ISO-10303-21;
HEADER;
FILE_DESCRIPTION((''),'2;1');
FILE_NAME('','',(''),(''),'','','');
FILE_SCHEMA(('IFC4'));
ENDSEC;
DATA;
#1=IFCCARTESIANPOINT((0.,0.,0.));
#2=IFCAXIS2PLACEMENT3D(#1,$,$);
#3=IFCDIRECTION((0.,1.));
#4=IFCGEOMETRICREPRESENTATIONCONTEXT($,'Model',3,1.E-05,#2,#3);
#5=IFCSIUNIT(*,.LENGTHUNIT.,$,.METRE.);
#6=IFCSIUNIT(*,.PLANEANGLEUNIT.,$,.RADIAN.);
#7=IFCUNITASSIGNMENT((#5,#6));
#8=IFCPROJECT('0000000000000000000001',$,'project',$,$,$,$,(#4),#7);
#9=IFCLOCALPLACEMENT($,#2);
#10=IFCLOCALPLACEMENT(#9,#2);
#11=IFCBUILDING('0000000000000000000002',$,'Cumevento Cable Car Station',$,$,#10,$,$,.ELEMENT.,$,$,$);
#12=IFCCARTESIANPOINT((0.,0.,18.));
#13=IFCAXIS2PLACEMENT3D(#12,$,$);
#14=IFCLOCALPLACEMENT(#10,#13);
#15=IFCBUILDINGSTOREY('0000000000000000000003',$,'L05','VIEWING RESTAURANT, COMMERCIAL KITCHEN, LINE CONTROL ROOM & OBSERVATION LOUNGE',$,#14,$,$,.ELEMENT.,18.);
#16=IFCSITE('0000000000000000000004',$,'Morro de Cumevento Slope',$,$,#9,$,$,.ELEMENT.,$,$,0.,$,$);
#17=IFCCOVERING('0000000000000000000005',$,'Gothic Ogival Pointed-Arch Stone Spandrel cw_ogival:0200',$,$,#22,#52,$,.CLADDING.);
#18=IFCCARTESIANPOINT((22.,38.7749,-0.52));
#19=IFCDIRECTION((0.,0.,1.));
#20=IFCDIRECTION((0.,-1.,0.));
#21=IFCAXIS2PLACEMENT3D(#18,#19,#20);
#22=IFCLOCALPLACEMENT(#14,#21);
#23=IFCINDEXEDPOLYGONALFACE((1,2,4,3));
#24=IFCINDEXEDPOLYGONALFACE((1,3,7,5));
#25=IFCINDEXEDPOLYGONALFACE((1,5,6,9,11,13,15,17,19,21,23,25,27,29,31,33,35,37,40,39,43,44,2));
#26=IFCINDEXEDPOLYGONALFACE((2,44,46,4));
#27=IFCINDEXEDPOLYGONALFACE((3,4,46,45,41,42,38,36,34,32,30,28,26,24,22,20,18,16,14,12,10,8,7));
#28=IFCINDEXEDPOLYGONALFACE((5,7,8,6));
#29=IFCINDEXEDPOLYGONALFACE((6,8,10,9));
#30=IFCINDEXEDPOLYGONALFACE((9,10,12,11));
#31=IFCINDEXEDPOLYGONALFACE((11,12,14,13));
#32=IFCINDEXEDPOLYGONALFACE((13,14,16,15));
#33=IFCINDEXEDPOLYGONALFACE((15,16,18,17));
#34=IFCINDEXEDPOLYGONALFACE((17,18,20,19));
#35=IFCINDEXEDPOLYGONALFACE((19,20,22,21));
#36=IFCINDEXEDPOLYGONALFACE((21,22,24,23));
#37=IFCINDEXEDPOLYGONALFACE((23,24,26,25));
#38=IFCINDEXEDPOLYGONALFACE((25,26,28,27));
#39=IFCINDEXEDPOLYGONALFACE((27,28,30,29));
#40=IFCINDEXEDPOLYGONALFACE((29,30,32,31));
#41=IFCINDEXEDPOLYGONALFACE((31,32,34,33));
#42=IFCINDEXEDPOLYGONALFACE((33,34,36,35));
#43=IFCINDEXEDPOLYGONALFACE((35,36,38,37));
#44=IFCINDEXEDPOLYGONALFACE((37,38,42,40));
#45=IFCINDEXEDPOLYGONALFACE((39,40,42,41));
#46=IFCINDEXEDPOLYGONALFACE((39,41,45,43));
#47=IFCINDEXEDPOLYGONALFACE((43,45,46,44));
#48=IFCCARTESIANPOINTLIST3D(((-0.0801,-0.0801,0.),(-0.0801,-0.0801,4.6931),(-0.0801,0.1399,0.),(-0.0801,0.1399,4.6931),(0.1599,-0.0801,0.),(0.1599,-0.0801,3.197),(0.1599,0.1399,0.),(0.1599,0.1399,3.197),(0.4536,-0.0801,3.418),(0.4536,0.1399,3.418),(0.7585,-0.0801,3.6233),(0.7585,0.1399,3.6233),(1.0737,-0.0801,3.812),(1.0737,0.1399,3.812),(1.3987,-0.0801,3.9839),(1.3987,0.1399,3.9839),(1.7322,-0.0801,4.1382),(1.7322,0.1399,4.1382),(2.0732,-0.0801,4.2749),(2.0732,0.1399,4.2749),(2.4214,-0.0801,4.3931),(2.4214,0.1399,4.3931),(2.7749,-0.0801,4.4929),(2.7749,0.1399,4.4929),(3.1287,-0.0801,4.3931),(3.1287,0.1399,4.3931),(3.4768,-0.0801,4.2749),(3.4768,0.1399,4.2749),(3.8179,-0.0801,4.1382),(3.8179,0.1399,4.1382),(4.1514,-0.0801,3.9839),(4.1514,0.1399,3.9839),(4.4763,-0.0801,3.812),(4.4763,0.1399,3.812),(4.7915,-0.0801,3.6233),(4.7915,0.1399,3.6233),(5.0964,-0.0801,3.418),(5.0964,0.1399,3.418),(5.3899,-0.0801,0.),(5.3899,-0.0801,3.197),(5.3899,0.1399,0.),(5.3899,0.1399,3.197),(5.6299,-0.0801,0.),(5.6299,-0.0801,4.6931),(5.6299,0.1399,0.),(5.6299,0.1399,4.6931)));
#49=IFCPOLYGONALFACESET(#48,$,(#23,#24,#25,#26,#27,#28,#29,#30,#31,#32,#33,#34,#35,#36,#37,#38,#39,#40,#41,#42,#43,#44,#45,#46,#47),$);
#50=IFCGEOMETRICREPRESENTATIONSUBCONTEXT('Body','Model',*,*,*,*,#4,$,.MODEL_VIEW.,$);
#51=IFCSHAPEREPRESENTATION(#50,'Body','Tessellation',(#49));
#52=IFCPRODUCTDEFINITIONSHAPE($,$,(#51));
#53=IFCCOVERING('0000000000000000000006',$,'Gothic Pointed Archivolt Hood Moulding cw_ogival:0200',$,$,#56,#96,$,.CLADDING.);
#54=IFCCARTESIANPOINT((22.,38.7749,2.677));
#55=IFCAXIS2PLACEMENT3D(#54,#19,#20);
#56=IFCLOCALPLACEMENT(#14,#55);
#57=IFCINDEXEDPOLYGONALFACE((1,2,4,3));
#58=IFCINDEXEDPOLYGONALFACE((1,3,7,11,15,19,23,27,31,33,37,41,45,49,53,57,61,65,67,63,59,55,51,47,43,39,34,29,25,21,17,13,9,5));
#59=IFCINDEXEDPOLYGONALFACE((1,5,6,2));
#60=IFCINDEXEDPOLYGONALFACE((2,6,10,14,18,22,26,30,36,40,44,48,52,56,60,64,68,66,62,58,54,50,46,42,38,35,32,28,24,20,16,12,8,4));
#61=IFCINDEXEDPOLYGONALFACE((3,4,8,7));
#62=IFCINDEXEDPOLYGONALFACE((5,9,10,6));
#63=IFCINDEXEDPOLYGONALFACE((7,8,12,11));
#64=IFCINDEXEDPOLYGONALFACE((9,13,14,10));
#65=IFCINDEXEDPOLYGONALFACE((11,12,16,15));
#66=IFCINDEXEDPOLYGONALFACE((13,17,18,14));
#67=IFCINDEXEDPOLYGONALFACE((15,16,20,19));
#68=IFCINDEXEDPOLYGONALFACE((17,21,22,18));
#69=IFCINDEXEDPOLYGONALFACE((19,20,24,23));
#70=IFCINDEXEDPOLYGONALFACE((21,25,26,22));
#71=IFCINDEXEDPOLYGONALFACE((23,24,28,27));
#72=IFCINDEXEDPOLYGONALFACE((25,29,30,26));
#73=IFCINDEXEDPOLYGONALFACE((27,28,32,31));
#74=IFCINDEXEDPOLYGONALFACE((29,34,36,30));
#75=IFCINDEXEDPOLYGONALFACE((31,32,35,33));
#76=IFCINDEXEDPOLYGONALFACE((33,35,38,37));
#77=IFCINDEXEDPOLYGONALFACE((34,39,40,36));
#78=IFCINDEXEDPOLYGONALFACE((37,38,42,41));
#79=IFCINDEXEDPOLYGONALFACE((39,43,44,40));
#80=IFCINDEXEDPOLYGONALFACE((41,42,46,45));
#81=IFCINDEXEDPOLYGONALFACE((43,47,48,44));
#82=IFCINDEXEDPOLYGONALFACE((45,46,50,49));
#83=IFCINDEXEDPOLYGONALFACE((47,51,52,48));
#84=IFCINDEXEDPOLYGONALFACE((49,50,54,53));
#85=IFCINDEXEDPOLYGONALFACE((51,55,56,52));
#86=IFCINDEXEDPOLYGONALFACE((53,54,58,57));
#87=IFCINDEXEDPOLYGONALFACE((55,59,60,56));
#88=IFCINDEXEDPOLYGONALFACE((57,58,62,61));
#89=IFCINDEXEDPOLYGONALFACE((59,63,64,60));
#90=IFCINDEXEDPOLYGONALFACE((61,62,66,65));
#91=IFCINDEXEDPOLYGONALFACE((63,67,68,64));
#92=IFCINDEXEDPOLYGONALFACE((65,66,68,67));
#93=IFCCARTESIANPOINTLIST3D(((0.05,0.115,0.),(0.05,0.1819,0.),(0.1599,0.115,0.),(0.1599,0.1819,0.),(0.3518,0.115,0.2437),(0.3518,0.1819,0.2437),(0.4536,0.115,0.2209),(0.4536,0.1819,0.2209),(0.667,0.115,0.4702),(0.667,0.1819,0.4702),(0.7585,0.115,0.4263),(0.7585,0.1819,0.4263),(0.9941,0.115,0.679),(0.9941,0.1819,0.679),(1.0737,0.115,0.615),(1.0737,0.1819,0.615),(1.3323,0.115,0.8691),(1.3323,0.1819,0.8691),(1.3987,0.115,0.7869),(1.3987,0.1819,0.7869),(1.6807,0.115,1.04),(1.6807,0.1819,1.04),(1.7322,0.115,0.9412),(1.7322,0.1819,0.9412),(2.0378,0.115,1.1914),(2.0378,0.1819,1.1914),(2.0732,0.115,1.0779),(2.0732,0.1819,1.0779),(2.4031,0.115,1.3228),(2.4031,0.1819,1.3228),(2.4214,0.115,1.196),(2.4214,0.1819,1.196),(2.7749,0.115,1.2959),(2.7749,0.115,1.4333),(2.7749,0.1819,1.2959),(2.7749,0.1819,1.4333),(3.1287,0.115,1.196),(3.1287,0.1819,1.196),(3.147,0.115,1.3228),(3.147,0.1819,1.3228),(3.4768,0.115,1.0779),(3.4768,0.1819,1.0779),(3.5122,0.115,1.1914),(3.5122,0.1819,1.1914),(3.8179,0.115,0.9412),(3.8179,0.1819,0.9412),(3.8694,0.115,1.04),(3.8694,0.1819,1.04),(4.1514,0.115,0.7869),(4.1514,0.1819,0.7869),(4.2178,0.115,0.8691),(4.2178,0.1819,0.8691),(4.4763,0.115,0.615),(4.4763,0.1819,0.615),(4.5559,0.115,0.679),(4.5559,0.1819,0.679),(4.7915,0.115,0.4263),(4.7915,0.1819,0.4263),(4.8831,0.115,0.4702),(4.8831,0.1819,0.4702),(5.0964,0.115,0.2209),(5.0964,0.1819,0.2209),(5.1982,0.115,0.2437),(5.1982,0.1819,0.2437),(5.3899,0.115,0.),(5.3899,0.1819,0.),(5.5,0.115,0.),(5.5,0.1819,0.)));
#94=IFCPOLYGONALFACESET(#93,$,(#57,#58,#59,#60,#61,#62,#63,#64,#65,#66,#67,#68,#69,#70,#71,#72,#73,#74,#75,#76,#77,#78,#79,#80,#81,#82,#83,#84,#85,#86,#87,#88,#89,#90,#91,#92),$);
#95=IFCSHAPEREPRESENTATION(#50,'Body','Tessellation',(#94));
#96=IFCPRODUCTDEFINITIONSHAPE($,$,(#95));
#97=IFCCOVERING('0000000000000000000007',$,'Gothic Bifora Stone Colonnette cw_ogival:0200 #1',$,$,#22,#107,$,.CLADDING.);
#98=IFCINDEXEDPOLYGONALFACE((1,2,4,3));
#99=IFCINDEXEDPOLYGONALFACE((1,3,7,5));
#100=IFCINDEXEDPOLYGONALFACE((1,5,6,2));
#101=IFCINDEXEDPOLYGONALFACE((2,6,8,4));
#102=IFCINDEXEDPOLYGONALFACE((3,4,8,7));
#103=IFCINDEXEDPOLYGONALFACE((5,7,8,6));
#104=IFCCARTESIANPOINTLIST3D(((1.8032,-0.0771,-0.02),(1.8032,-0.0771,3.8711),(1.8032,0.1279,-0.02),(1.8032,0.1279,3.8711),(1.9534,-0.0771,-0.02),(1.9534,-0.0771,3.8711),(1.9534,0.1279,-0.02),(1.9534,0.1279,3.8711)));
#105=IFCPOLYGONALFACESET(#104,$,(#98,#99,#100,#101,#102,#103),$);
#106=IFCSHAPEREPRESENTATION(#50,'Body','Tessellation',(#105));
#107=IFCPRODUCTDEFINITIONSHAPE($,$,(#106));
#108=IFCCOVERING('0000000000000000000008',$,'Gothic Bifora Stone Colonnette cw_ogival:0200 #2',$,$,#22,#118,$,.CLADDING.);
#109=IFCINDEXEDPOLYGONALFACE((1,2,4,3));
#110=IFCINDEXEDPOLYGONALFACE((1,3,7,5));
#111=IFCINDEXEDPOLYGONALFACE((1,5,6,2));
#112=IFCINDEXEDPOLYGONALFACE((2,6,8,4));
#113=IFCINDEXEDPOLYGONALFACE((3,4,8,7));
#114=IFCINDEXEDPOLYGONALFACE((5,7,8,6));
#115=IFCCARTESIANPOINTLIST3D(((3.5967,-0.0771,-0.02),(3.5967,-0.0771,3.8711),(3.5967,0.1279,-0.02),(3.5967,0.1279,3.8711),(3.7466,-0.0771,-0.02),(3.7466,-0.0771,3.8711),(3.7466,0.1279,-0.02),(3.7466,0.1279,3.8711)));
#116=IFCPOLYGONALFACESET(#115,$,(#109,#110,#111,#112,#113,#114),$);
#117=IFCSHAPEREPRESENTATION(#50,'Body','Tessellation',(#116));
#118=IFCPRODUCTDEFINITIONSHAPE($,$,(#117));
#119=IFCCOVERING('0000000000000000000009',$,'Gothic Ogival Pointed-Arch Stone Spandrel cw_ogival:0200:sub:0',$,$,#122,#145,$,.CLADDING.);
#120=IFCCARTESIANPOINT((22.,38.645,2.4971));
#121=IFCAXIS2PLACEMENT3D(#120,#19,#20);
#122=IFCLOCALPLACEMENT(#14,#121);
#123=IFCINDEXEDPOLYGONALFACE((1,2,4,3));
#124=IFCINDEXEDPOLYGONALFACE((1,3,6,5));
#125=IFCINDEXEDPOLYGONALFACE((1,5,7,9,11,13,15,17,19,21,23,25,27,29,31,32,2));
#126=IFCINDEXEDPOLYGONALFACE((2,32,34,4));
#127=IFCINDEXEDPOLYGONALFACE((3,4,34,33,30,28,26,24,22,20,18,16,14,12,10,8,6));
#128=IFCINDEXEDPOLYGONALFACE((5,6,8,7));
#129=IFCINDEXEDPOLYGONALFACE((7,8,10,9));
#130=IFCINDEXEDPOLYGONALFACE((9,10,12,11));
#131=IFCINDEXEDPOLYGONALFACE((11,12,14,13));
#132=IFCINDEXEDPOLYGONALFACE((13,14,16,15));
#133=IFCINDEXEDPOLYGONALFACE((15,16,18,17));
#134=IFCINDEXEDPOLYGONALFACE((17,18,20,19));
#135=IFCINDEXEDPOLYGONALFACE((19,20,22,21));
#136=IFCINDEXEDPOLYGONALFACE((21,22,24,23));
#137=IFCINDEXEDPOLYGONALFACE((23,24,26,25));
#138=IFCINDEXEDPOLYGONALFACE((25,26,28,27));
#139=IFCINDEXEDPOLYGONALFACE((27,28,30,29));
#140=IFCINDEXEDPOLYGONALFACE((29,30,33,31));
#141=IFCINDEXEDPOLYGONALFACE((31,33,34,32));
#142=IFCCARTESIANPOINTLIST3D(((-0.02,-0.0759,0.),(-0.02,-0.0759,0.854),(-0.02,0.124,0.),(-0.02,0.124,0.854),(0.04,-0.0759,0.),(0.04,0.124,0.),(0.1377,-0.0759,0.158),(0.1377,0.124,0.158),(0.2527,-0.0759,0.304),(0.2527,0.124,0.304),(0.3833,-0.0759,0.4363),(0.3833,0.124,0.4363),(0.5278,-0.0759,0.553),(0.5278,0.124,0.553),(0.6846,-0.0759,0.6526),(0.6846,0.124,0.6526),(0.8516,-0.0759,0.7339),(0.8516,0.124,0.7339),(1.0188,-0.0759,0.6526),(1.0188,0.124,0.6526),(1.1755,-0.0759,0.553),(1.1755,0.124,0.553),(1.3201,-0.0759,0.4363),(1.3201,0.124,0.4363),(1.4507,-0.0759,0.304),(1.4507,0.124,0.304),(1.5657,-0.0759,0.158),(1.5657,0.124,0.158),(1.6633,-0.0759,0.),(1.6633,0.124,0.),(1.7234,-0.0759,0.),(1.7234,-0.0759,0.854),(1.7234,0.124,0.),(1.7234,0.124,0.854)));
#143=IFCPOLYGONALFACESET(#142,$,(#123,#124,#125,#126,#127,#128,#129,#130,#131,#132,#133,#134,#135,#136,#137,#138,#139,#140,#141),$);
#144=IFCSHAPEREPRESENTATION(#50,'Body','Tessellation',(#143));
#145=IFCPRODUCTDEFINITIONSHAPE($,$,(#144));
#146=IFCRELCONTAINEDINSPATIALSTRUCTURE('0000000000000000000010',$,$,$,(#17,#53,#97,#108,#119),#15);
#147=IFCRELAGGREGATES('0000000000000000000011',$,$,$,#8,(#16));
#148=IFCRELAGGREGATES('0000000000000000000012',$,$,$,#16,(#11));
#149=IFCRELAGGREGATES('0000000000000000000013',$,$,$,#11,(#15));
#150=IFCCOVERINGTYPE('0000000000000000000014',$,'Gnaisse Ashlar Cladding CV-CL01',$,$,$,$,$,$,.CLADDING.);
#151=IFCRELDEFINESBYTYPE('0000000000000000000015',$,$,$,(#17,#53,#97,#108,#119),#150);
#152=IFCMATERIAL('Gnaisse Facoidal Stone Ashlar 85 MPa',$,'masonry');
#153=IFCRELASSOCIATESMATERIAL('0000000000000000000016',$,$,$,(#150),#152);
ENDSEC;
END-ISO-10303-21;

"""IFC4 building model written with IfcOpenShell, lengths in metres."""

from ifc_helpers import new_model, si_unit, direction, frame, origin, place, context, subcontext, project, spatial, polyline, outline, extrude, material, type_object, element, save


model = new_model("IFC4")

# Units and contexts
model_context = context("Model", 3, precision=1e-05, world=origin(), true_north=direction((0.0, 1.0)))
body_context = subcontext(model_context, "Body", "Model", "MODEL_VIEW")
ifc_project = project(units=[si_unit("LENGTHUNIT", "METRE"), si_unit("PLANEANGLEUNIT", "RADIAN")], contexts=[model_context])

# Site, building, storey
site_placement = place(None, origin())
site = spatial("IfcSite", under=ifc_project, at=site_placement, Name="Morro de Cumevento Slope", CompositionType="ELEMENT", RefElevation=0.0)
building_placement = place(site_placement, origin())
building = spatial("IfcBuilding", under=site, at=building_placement, Name="Cumevento Cable Car Station", CompositionType="ELEMENT")
storey_placement = place(building_placement, frame((0.0, 0.0, 18.0)))
storey = spatial("IfcBuildingStorey", under=building, at=storey_placement, Name="L05", Description="VIEWING RESTAURANT, COMMERCIAL KITCHEN, LINE CONTROL ROOM & OBSERVATION LOUNGE", CompositionType="ELEMENT", Elevation=18.0)

# Coverings
ifc_material_1 = material(Name="Gnaisse Facoidal Stone Ashlar 85 MPa", Category="masonry")
covering_type = type_object("IfcCoveringType", Name="Gnaisse Ashlar Cladding CV-CL01", PredefinedType="CLADDING", material=ifc_material_1)
placement = place(storey_placement, frame((22.0, 38.7749, -0.52), z_axis=(0.0, 0.0, 1.0), x_axis=(0.0, -1.0, 0.0)))
element("IfcCovering", 1, at=placement, inside=storey, type_object=covering_type, Name="Gothic Ogival Pointed-Arch Stone Spandrel cw_ogival:0200", PredefinedType="CLADDING", context=body_context, shape_type="SweptSolid", body=[
    extrude(outline(polyline([(-0.0801, 0.0), (-0.0801, 4.6931), (5.6299, 4.6931), (5.6299, 0.0), (5.3899, 0.0), (5.3899, 3.197), (5.0964, 3.418), (4.7915, 3.6233), (4.4763, 3.812), (4.1514, 3.9839), (3.8179, 4.1382), (3.4768, 4.2749), (3.1287, 4.3931), (2.7749, 4.4929), (2.4214, 4.3931), (2.0732, 4.2749), (1.7322, 4.1382), (1.3987, 3.9839), (1.0737, 3.812), (0.7585, 3.6233), (0.4536, 3.418), (0.1599, 3.197), (0.1599, 0.0), (-0.0801, 0.0)])), frame((0.0, 0.1399, 0.0), z_axis=(0.0, -1.0, 0.0), x_axis=(1.0, 0.0, 0.0)), (0.0, 0.0, 1.0), 0.22),
])
covering_1_placement = place(storey_placement, frame((22.0, 38.7749, 2.677), z_axis=(0.0, 0.0, 1.0), x_axis=(0.0, -1.0, 0.0)))
element("IfcCovering", 2, at=covering_1_placement, inside=storey, type_object=covering_type, Name="Gothic Pointed Archivolt Hood Moulding cw_ogival:0200", PredefinedType="CLADDING", context=body_context, shape_type="SweptSolid", body=[
    extrude(outline(polyline([(0.1599, 0.0), (0.4536, 0.2209), (0.7585, 0.4263), (1.0737, 0.615), (1.3987, 0.7869), (1.7322, 0.9412), (2.0732, 1.0779), (2.4214, 1.196), (2.7749, 1.2959), (3.1287, 1.196), (3.4768, 1.0779), (3.8179, 0.9412), (4.1514, 0.7869), (4.4763, 0.615), (4.7915, 0.4263), (5.0964, 0.2209), (5.3899, 0.0), (5.5, 0.0), (5.1982, 0.2437), (4.8831, 0.4702), (4.5559, 0.679), (4.2178, 0.8691), (3.8694, 1.04), (3.5122, 1.1914), (3.147, 1.3228), (2.7749, 1.4333), (2.4031, 1.3228), (2.0378, 1.1914), (1.6807, 1.04), (1.3323, 0.8691), (0.9941, 0.679), (0.667, 0.4702), (0.3518, 0.2437), (0.05, 0.0), (0.1599, 0.0)])), frame((0.0, 0.1819, 0.0), z_axis=(0.0, -1.0, 0.0), x_axis=(1.0, 0.0, 0.0)), (0.0, 0.0, 1.0), 0.0669),
])
element("IfcCovering", 3, at=placement, inside=storey, type_object=covering_type, Name="Gothic Bifora Stone Colonnette cw_ogival:0200 #1", PredefinedType="CLADDING", context=body_context, shape_type="SweptSolid", body=[
    extrude(outline(polyline([(1.8032, -0.02), (1.9534, -0.02), (1.9534, 3.8711), (1.8032, 3.8711), (1.8032, -0.02)])), frame((0.0, 0.1279, 0.0), z_axis=(0.0, -1.0, 0.0), x_axis=(1.0, 0.0, 0.0)), (0.0, 0.0, 1.0), 0.2051),
])
element("IfcCovering", 4, at=placement, inside=storey, type_object=covering_type, Name="Gothic Bifora Stone Colonnette cw_ogival:0200 #2", PredefinedType="CLADDING", context=body_context, shape_type="SweptSolid", body=[
    extrude(outline(polyline([(3.5967, -0.02), (3.7466, -0.02), (3.7466, 3.8711), (3.5967, 3.8711), (3.5967, -0.02)])), frame((0.0, 0.1279, 0.0), z_axis=(0.0, -1.0, 0.0), x_axis=(1.0, 0.0, 0.0)), (0.0, 0.0, 1.0), 0.2051),
])
covering_2_placement = place(storey_placement, frame((22.0, 38.645, 2.4971), z_axis=(0.0, 0.0, 1.0), x_axis=(0.0, -1.0, 0.0)))
element("IfcCovering", 5, at=covering_2_placement, inside=storey, type_object=covering_type, Name="Gothic Ogival Pointed-Arch Stone Spandrel cw_ogival:0200:sub:0", PredefinedType="CLADDING", context=body_context, shape_type="SweptSolid", body=[
    extrude(outline(polyline([(-0.02, 0.0), (-0.02, 0.854), (1.7234, 0.854), (1.7234, 0.0), (1.6633, 0.0), (1.5657, 0.158), (1.4507, 0.304), (1.3201, 0.4363), (1.1755, 0.553), (1.0188, 0.6526), (0.8516, 0.7339), (0.6846, 0.6526), (0.5278, 0.553), (0.3833, 0.4363), (0.2527, 0.304), (0.1377, 0.158), (0.04, 0.0), (-0.02, 0.0)])), frame((0.0, 0.124, 0.0), z_axis=(0.0, -1.0, 0.0), x_axis=(1.0, 0.0, 0.0)), (0.0, 0.0, 1.0), 0.2),
])

save(model, "model.ifc")
